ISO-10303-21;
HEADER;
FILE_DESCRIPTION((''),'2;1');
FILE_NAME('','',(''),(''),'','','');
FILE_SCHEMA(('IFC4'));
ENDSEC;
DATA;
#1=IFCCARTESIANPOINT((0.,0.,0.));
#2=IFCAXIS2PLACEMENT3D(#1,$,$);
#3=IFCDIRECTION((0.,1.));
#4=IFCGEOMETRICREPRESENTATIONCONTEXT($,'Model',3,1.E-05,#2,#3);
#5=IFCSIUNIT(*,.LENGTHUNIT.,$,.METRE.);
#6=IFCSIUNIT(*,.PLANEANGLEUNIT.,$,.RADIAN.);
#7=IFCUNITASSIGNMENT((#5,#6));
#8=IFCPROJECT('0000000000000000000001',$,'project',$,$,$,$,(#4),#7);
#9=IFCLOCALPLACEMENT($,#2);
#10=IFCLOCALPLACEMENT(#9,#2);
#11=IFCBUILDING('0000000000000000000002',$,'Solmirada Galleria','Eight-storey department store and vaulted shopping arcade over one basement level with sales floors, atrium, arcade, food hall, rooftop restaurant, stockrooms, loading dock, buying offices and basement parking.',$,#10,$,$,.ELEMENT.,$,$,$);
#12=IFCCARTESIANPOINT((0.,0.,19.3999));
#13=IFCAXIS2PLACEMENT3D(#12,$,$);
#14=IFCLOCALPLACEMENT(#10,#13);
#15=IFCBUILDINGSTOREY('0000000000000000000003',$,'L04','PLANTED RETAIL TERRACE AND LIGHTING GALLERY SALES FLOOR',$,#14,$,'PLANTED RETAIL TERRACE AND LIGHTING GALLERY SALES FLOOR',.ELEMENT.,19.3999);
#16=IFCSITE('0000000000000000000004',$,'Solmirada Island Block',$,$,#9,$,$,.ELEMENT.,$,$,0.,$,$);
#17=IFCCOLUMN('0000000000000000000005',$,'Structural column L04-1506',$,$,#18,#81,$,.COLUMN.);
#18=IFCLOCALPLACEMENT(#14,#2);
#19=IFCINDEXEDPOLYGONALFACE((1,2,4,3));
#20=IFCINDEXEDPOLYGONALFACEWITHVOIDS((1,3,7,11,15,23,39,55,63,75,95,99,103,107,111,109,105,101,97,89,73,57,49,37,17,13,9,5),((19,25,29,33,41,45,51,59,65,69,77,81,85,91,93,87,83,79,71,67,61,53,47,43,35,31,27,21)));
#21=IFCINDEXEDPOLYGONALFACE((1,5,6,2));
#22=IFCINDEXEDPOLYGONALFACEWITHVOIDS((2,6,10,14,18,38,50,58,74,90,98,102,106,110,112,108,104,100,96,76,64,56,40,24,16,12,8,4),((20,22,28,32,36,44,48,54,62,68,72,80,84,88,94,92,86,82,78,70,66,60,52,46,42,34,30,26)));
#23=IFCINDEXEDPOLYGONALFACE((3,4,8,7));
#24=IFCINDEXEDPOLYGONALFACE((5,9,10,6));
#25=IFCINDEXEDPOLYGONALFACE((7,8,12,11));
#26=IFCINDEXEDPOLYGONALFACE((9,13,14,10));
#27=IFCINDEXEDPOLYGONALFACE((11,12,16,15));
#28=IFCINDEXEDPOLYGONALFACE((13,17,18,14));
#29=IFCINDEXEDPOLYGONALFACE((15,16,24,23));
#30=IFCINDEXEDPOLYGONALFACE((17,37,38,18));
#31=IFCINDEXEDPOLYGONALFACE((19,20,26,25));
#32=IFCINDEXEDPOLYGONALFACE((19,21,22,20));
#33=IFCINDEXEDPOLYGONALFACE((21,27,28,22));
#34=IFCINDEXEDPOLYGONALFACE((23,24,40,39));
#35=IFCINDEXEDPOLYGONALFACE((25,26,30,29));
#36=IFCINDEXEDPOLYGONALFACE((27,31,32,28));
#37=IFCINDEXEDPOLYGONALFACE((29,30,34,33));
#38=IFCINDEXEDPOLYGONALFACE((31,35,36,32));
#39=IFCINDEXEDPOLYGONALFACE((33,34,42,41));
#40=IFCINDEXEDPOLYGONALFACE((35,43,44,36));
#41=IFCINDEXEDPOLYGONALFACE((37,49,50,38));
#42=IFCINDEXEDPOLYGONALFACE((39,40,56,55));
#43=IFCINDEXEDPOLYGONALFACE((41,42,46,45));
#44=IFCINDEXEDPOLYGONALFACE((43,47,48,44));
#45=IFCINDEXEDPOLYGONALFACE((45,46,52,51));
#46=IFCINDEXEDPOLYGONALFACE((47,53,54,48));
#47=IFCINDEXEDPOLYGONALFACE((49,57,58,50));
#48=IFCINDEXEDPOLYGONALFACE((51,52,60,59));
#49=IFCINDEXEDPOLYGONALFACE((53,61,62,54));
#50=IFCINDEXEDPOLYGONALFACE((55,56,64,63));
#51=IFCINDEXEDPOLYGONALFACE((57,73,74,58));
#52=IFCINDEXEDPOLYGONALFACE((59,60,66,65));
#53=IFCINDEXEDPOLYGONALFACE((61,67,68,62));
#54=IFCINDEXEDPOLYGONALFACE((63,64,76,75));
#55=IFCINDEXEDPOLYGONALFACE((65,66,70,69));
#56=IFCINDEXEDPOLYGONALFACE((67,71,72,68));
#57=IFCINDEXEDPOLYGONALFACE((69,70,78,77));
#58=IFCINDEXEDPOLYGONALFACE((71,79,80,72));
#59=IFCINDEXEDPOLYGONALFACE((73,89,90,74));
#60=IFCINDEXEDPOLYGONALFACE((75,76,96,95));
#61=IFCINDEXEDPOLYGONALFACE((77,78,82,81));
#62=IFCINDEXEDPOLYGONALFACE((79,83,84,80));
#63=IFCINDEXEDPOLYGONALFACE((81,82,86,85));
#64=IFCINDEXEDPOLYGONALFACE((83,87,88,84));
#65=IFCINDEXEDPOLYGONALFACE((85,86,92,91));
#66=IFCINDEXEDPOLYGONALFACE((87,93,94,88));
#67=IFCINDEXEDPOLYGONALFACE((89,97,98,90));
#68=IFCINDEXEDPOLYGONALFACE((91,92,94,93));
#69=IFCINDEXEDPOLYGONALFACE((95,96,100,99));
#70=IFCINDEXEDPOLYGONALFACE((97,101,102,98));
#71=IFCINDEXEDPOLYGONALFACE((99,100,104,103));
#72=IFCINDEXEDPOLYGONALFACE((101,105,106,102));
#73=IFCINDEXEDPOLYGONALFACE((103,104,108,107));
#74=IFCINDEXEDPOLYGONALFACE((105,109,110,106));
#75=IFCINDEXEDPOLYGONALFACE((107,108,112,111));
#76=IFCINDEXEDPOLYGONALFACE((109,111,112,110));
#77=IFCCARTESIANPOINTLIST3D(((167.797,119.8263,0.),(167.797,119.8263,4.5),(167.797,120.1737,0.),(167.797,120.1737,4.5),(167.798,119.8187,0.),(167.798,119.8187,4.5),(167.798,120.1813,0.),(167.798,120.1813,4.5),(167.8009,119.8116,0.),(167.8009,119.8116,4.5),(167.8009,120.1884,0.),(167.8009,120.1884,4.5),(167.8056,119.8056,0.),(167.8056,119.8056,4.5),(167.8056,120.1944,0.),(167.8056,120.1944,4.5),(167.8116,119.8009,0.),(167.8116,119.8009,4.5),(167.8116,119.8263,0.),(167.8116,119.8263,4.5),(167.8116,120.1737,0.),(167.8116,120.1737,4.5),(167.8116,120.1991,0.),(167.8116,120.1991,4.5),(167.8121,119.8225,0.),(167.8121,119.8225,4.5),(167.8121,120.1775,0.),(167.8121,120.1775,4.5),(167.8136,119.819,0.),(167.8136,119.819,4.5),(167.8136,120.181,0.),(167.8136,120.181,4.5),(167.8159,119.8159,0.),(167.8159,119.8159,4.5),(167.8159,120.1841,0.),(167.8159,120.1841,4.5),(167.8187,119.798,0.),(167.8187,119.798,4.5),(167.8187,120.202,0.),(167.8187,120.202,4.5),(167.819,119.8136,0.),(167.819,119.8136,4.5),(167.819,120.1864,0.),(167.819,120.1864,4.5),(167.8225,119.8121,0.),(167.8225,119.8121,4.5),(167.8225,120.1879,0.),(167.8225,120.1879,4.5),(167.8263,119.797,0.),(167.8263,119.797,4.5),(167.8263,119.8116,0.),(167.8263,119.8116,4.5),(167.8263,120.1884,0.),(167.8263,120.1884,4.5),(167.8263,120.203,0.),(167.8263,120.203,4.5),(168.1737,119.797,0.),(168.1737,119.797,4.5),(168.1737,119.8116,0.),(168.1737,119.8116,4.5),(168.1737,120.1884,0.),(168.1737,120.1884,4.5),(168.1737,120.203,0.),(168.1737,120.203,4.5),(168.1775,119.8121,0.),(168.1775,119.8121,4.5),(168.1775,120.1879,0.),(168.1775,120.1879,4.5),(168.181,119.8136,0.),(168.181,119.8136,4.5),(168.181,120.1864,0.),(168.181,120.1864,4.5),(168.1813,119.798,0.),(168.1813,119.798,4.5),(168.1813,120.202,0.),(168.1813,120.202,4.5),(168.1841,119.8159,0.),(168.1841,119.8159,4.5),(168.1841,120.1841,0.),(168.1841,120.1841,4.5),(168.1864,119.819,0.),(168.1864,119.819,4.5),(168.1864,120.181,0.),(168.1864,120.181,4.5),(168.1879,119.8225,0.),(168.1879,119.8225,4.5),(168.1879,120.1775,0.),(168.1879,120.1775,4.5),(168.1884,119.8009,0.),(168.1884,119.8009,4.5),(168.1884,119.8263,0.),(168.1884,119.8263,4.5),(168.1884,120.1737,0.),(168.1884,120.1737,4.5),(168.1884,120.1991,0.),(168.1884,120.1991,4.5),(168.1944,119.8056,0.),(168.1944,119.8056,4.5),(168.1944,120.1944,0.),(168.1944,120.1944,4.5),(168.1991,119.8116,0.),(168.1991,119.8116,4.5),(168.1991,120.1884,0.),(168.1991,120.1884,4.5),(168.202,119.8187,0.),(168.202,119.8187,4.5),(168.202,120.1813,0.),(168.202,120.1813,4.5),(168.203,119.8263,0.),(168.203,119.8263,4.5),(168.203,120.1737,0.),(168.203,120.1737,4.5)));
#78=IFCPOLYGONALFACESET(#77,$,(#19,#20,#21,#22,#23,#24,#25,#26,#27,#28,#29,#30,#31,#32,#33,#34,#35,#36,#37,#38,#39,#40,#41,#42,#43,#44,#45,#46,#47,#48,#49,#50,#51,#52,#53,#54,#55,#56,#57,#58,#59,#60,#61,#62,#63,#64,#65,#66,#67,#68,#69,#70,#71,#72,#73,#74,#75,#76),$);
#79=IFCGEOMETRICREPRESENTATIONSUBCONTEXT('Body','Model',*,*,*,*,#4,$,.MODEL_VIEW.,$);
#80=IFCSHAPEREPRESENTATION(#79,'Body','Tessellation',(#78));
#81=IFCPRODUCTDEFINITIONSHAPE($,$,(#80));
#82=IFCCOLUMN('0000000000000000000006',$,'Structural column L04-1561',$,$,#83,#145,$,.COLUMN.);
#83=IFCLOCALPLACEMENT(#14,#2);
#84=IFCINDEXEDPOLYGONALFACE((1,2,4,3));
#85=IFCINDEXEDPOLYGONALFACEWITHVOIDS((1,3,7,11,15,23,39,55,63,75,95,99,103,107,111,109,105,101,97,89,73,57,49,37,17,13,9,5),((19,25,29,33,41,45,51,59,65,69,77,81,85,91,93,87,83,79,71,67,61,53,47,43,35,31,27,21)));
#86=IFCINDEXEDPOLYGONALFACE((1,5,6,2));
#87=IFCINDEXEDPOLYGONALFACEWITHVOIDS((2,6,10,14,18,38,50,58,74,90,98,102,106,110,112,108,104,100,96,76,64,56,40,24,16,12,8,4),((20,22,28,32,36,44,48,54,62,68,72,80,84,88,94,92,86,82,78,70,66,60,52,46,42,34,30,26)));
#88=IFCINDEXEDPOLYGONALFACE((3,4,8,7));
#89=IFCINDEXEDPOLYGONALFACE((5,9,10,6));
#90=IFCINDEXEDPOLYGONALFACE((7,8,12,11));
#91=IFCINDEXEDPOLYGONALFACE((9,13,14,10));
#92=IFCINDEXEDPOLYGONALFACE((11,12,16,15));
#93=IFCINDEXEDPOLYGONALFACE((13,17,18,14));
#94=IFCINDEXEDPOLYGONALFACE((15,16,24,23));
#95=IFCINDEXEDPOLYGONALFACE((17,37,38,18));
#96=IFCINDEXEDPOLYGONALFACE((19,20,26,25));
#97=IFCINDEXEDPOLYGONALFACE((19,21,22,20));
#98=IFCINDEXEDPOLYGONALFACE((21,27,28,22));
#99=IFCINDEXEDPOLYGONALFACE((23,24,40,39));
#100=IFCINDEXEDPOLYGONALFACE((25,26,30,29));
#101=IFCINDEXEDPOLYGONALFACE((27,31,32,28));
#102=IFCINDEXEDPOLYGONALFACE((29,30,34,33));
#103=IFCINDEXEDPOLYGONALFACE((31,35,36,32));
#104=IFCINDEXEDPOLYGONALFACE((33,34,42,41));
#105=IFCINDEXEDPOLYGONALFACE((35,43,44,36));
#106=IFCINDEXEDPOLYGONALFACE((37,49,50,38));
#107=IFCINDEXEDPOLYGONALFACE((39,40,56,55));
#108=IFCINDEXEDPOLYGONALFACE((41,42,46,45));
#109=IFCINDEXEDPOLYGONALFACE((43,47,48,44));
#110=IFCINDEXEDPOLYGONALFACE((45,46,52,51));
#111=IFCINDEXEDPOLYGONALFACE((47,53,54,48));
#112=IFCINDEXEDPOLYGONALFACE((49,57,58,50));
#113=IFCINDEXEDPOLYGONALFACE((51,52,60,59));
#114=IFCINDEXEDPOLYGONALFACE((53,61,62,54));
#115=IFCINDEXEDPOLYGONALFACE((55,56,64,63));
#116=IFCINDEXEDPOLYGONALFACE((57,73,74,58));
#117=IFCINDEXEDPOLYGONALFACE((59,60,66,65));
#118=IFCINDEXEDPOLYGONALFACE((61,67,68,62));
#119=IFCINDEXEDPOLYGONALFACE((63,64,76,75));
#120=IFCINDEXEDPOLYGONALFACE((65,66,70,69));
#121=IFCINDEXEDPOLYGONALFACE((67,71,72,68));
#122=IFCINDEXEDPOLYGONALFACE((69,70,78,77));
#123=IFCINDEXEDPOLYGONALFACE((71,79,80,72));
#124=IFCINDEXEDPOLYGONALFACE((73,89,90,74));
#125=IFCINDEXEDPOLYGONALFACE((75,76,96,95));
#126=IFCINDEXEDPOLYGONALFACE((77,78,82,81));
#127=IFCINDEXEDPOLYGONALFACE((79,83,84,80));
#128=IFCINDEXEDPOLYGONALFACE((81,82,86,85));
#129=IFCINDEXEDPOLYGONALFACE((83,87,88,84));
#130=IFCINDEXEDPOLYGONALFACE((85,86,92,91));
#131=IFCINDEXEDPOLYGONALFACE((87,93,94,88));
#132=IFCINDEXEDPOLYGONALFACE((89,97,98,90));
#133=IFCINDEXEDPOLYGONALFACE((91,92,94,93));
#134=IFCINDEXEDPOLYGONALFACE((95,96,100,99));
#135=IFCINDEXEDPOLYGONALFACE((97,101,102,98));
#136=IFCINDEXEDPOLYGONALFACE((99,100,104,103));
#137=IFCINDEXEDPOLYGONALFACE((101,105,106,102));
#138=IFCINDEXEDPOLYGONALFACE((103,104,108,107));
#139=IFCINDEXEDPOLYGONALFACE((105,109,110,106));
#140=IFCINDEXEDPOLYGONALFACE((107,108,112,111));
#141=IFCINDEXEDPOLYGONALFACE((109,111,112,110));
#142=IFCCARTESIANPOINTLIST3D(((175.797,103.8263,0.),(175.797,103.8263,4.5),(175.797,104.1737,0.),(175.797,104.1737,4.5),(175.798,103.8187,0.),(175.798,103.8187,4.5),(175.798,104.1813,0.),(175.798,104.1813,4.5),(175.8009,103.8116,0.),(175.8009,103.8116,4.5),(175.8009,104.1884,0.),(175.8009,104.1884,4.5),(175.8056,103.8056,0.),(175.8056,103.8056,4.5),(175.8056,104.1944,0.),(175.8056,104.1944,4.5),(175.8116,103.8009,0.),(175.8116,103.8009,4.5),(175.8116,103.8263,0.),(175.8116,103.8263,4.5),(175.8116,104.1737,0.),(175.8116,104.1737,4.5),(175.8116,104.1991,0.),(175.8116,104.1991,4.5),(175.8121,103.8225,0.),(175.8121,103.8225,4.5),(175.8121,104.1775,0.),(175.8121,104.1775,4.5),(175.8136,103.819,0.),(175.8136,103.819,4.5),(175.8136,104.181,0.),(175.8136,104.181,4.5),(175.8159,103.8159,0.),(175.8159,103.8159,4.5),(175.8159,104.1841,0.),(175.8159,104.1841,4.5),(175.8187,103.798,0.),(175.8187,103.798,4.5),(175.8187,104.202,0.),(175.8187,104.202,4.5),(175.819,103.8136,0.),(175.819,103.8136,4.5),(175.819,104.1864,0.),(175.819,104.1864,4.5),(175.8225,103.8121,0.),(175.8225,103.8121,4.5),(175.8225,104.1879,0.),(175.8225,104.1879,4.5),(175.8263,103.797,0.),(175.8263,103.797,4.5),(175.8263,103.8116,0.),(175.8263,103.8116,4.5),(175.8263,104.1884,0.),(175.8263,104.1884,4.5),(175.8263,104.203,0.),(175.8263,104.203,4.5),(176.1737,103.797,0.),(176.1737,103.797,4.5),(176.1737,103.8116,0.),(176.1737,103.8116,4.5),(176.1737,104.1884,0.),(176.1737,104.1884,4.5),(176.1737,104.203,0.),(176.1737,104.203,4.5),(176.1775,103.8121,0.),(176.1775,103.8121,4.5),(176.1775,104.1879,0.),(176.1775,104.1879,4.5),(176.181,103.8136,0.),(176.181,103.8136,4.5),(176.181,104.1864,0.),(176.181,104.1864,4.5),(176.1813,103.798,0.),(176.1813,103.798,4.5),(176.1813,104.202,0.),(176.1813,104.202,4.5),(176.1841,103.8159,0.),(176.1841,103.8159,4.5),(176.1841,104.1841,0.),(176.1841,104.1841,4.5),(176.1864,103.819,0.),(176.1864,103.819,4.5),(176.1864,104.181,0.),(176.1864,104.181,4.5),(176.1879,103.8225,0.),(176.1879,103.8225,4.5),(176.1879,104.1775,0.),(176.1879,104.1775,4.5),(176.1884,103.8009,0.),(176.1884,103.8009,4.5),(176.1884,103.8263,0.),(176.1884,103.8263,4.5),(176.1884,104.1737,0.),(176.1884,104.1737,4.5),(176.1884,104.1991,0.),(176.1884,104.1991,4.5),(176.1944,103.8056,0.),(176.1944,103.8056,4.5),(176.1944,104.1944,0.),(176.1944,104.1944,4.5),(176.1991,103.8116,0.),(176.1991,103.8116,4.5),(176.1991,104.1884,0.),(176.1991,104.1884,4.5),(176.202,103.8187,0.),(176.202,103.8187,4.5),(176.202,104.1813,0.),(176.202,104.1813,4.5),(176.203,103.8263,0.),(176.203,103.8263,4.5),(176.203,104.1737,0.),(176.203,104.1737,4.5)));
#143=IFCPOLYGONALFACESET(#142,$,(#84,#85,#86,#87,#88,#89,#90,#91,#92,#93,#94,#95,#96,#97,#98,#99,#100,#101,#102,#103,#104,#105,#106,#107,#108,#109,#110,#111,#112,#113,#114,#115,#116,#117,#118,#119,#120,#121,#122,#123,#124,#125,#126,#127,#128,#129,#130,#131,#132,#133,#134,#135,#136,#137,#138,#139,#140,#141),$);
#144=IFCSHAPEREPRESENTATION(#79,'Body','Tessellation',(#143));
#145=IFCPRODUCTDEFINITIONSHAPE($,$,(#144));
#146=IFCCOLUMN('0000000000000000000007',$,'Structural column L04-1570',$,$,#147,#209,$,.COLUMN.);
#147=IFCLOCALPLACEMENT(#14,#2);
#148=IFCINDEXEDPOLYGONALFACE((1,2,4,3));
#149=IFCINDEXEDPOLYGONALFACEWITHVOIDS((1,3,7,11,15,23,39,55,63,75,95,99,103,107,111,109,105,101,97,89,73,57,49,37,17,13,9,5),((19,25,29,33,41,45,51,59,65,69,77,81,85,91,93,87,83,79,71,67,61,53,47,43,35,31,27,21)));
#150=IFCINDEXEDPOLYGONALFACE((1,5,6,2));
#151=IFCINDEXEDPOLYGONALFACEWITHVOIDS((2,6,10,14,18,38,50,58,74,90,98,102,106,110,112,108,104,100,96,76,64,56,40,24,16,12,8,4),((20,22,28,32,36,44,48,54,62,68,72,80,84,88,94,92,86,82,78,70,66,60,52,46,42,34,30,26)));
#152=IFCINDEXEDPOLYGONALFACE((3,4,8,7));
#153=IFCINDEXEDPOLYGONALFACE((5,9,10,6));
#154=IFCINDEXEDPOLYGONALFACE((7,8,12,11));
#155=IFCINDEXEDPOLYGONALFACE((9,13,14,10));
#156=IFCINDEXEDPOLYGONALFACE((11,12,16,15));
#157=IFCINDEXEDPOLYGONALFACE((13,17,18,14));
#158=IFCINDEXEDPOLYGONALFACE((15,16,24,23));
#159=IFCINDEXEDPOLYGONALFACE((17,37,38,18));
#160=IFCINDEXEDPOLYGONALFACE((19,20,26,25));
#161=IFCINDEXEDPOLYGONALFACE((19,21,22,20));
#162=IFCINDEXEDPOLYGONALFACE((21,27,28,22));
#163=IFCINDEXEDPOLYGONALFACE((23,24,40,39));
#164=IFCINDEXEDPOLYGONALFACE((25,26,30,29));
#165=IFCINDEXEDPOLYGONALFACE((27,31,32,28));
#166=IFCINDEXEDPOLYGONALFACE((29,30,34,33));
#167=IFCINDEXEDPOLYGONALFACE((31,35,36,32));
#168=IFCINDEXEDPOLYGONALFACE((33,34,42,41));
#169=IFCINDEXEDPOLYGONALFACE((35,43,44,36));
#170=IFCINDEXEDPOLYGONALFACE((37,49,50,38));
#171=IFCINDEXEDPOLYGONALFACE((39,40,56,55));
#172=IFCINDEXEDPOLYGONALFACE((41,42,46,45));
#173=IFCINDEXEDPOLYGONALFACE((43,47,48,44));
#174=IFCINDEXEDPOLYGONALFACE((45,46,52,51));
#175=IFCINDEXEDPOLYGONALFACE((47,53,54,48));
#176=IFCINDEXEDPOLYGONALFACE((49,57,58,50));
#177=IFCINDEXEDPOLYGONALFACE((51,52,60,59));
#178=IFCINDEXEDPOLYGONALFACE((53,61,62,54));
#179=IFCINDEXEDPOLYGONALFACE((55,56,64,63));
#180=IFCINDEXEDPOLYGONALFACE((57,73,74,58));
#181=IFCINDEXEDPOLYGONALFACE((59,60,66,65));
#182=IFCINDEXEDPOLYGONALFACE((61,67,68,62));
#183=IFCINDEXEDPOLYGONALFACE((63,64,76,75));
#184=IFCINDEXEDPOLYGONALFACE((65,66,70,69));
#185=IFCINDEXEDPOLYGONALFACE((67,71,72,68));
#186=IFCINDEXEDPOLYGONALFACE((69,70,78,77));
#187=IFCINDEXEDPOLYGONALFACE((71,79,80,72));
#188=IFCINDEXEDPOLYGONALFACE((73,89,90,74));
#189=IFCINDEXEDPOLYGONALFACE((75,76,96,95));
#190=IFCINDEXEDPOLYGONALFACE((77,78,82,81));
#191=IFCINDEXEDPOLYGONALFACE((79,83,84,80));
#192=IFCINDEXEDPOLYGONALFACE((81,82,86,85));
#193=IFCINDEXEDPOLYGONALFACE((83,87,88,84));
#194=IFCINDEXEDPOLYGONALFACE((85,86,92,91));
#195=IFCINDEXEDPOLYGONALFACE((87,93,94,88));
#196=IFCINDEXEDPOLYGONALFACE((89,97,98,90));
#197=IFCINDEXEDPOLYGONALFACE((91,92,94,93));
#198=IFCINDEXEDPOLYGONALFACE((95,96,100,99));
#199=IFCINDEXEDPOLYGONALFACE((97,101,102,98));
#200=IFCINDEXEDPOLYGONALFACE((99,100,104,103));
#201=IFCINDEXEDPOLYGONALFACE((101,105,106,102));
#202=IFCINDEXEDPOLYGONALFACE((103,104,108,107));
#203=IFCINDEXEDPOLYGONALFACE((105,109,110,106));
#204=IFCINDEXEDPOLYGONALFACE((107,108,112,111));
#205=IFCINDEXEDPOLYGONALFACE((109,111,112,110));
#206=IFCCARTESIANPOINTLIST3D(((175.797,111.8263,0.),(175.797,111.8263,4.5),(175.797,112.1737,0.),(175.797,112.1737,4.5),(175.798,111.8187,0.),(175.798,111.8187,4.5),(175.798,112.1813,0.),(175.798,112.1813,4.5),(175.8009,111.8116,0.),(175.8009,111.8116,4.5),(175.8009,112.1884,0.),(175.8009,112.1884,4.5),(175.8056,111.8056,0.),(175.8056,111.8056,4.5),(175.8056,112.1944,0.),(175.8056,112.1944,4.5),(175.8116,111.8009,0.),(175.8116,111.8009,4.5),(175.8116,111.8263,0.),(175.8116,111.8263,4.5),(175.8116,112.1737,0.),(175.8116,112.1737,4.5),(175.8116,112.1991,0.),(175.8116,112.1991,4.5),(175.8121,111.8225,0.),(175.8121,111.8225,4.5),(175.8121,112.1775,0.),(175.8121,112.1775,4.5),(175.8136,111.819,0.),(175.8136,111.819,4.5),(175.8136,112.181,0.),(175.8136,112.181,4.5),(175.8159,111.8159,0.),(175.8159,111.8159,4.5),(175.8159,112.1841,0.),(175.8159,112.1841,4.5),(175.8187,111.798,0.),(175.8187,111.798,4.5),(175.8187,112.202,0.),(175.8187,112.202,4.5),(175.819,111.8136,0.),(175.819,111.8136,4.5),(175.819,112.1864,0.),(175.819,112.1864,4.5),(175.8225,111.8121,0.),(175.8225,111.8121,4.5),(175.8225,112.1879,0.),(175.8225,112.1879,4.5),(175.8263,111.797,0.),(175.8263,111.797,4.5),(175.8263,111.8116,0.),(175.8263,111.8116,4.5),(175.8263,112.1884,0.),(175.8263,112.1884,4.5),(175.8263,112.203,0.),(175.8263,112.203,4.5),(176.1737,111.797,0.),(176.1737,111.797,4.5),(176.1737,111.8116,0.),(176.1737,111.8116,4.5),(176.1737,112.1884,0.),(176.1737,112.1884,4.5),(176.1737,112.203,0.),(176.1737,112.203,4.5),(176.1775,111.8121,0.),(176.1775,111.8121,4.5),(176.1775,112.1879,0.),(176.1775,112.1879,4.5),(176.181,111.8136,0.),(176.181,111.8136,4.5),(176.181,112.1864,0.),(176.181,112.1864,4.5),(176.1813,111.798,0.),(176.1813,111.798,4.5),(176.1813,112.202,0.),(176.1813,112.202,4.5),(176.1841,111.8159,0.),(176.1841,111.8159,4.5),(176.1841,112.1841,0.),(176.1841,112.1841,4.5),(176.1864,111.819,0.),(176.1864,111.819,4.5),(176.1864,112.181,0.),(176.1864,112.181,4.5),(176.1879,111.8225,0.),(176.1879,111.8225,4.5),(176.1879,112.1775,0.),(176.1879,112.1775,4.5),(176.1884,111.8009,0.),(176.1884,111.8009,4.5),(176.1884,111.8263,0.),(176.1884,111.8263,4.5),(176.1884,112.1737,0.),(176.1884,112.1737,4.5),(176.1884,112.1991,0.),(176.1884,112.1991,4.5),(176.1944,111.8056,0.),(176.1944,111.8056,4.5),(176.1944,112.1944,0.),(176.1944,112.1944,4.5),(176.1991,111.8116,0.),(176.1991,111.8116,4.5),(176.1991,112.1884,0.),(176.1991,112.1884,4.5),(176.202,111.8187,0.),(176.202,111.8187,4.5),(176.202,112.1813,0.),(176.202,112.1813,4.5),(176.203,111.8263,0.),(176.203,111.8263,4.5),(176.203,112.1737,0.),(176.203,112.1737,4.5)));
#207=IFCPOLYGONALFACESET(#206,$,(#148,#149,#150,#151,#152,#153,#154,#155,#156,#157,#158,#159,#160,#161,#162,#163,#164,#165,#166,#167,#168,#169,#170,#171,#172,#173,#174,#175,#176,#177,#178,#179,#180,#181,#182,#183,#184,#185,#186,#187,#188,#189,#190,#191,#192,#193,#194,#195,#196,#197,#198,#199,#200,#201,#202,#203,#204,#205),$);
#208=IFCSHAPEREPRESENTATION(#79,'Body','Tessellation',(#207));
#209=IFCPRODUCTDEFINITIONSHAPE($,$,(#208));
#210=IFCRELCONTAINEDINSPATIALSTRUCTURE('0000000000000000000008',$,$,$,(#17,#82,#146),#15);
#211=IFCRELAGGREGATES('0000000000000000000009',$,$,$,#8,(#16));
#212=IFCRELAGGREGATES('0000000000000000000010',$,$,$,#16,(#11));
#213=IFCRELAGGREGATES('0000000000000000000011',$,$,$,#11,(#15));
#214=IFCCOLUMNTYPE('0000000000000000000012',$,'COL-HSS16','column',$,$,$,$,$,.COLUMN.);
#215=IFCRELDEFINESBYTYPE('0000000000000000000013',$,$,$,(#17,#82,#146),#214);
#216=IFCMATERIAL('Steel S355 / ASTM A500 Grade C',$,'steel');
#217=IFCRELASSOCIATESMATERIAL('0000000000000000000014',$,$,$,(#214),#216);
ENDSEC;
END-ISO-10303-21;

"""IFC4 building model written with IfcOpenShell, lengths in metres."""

from ifc_helpers import new_model, si_unit, direction, frame, origin, origin_2d, place, context, subcontext, project, spatial, hollow_rectangle, extrude, material, material_profile, profile_set, type_object, element, save


model = new_model("IFC4")

# Units and contexts
model_context = context("Model", 3, precision=1e-05, world=origin(), true_north=direction((0.0, 1.0)))
body_context = subcontext(model_context, "Body", "Model", "MODEL_VIEW")
ifc_project = project(units=[si_unit("LENGTHUNIT", "METRE"), si_unit("PLANEANGLEUNIT", "RADIAN")], contexts=[model_context])

# Site, building, storey
site_placement = place(None, origin())
site = spatial("IfcSite", under=ifc_project, at=site_placement, Name="Solmirada Island Block", CompositionType="ELEMENT", RefElevation=0.0)
building_placement = place(site_placement, origin())
building = spatial("IfcBuilding", under=site, at=building_placement, Name="Solmirada Galleria", Description="Eight-storey department store and vaulted shopping arcade over one basement level with sales floors, atrium, arcade, food hall, rooftop restaurant, stockrooms, loading dock, buying offices and basement parking.", CompositionType="ELEMENT")
storey_placement = place(building_placement, frame((0.0, 0.0, 19.3999)))
storey = spatial("IfcBuildingStorey", under=building, at=storey_placement, Name="L04", Description="PLANTED RETAIL TERRACE AND LIGHTING GALLERY SALES FLOOR", LongName="PLANTED RETAIL TERRACE AND LIGHTING GALLERY SALES FLOOR", CompositionType="ELEMENT", Elevation=19.3999)

# Columns
ifc_material_1 = material(Name="Steel S355 / ASTM A500 Grade C", Category="steel")
ifc_material_profile_1 = material_profile(ifc_material_1, hollow_rectangle(XDim=0.406, YDim=0.406, WallThickness=0.0146, InnerFilletRadius=0.0146, OuterFilletRadius=0.0293, at=origin_2d()), Name="HSS16X16X5/8")
ifc_profile_set_1 = profile_set([ifc_material_profile_1], Name="Steel S355 / ASTM A500 Grade C")
column_type_1 = type_object("IfcColumnType", Name="COL-HSS16", Description="column", PredefinedType="COLUMN", material=ifc_profile_set_1)
for number, where, z_axis, x_axis, name in (
    (1, (168.0, 120.0, 0.0), (0.0, 0.0, 1.0), (1.0, 0.0, 0.0), "Structural column L04-1506"),
    (2, (176.0, 104.0, 0.0), (0.0, 0.0, 1.0), (1.0, 0.0, 0.0), "Structural column L04-1561"),
    (3, (176.0, 112.0, 0.0), (0.0, 0.0, 1.0), (1.0, 0.0, 0.0), "Structural column L04-1570"),
):
    element("IfcColumn", number, at=place(storey_placement, frame(where, z_axis=z_axis, x_axis=x_axis)), inside=storey, type_object=column_type_1, Name=name, PredefinedType="COLUMN", context=body_context, shape_type="SweptSolid", body=[
        extrude(hollow_rectangle(XDim=0.406, YDim=0.406, WallThickness=0.0146, InnerFilletRadius=0.0146, OuterFilletRadius=0.0293, at=origin_2d()), origin(), (0.0, 0.0, 1.0), 4.5),
    ])

save(model, "model.ifc")
